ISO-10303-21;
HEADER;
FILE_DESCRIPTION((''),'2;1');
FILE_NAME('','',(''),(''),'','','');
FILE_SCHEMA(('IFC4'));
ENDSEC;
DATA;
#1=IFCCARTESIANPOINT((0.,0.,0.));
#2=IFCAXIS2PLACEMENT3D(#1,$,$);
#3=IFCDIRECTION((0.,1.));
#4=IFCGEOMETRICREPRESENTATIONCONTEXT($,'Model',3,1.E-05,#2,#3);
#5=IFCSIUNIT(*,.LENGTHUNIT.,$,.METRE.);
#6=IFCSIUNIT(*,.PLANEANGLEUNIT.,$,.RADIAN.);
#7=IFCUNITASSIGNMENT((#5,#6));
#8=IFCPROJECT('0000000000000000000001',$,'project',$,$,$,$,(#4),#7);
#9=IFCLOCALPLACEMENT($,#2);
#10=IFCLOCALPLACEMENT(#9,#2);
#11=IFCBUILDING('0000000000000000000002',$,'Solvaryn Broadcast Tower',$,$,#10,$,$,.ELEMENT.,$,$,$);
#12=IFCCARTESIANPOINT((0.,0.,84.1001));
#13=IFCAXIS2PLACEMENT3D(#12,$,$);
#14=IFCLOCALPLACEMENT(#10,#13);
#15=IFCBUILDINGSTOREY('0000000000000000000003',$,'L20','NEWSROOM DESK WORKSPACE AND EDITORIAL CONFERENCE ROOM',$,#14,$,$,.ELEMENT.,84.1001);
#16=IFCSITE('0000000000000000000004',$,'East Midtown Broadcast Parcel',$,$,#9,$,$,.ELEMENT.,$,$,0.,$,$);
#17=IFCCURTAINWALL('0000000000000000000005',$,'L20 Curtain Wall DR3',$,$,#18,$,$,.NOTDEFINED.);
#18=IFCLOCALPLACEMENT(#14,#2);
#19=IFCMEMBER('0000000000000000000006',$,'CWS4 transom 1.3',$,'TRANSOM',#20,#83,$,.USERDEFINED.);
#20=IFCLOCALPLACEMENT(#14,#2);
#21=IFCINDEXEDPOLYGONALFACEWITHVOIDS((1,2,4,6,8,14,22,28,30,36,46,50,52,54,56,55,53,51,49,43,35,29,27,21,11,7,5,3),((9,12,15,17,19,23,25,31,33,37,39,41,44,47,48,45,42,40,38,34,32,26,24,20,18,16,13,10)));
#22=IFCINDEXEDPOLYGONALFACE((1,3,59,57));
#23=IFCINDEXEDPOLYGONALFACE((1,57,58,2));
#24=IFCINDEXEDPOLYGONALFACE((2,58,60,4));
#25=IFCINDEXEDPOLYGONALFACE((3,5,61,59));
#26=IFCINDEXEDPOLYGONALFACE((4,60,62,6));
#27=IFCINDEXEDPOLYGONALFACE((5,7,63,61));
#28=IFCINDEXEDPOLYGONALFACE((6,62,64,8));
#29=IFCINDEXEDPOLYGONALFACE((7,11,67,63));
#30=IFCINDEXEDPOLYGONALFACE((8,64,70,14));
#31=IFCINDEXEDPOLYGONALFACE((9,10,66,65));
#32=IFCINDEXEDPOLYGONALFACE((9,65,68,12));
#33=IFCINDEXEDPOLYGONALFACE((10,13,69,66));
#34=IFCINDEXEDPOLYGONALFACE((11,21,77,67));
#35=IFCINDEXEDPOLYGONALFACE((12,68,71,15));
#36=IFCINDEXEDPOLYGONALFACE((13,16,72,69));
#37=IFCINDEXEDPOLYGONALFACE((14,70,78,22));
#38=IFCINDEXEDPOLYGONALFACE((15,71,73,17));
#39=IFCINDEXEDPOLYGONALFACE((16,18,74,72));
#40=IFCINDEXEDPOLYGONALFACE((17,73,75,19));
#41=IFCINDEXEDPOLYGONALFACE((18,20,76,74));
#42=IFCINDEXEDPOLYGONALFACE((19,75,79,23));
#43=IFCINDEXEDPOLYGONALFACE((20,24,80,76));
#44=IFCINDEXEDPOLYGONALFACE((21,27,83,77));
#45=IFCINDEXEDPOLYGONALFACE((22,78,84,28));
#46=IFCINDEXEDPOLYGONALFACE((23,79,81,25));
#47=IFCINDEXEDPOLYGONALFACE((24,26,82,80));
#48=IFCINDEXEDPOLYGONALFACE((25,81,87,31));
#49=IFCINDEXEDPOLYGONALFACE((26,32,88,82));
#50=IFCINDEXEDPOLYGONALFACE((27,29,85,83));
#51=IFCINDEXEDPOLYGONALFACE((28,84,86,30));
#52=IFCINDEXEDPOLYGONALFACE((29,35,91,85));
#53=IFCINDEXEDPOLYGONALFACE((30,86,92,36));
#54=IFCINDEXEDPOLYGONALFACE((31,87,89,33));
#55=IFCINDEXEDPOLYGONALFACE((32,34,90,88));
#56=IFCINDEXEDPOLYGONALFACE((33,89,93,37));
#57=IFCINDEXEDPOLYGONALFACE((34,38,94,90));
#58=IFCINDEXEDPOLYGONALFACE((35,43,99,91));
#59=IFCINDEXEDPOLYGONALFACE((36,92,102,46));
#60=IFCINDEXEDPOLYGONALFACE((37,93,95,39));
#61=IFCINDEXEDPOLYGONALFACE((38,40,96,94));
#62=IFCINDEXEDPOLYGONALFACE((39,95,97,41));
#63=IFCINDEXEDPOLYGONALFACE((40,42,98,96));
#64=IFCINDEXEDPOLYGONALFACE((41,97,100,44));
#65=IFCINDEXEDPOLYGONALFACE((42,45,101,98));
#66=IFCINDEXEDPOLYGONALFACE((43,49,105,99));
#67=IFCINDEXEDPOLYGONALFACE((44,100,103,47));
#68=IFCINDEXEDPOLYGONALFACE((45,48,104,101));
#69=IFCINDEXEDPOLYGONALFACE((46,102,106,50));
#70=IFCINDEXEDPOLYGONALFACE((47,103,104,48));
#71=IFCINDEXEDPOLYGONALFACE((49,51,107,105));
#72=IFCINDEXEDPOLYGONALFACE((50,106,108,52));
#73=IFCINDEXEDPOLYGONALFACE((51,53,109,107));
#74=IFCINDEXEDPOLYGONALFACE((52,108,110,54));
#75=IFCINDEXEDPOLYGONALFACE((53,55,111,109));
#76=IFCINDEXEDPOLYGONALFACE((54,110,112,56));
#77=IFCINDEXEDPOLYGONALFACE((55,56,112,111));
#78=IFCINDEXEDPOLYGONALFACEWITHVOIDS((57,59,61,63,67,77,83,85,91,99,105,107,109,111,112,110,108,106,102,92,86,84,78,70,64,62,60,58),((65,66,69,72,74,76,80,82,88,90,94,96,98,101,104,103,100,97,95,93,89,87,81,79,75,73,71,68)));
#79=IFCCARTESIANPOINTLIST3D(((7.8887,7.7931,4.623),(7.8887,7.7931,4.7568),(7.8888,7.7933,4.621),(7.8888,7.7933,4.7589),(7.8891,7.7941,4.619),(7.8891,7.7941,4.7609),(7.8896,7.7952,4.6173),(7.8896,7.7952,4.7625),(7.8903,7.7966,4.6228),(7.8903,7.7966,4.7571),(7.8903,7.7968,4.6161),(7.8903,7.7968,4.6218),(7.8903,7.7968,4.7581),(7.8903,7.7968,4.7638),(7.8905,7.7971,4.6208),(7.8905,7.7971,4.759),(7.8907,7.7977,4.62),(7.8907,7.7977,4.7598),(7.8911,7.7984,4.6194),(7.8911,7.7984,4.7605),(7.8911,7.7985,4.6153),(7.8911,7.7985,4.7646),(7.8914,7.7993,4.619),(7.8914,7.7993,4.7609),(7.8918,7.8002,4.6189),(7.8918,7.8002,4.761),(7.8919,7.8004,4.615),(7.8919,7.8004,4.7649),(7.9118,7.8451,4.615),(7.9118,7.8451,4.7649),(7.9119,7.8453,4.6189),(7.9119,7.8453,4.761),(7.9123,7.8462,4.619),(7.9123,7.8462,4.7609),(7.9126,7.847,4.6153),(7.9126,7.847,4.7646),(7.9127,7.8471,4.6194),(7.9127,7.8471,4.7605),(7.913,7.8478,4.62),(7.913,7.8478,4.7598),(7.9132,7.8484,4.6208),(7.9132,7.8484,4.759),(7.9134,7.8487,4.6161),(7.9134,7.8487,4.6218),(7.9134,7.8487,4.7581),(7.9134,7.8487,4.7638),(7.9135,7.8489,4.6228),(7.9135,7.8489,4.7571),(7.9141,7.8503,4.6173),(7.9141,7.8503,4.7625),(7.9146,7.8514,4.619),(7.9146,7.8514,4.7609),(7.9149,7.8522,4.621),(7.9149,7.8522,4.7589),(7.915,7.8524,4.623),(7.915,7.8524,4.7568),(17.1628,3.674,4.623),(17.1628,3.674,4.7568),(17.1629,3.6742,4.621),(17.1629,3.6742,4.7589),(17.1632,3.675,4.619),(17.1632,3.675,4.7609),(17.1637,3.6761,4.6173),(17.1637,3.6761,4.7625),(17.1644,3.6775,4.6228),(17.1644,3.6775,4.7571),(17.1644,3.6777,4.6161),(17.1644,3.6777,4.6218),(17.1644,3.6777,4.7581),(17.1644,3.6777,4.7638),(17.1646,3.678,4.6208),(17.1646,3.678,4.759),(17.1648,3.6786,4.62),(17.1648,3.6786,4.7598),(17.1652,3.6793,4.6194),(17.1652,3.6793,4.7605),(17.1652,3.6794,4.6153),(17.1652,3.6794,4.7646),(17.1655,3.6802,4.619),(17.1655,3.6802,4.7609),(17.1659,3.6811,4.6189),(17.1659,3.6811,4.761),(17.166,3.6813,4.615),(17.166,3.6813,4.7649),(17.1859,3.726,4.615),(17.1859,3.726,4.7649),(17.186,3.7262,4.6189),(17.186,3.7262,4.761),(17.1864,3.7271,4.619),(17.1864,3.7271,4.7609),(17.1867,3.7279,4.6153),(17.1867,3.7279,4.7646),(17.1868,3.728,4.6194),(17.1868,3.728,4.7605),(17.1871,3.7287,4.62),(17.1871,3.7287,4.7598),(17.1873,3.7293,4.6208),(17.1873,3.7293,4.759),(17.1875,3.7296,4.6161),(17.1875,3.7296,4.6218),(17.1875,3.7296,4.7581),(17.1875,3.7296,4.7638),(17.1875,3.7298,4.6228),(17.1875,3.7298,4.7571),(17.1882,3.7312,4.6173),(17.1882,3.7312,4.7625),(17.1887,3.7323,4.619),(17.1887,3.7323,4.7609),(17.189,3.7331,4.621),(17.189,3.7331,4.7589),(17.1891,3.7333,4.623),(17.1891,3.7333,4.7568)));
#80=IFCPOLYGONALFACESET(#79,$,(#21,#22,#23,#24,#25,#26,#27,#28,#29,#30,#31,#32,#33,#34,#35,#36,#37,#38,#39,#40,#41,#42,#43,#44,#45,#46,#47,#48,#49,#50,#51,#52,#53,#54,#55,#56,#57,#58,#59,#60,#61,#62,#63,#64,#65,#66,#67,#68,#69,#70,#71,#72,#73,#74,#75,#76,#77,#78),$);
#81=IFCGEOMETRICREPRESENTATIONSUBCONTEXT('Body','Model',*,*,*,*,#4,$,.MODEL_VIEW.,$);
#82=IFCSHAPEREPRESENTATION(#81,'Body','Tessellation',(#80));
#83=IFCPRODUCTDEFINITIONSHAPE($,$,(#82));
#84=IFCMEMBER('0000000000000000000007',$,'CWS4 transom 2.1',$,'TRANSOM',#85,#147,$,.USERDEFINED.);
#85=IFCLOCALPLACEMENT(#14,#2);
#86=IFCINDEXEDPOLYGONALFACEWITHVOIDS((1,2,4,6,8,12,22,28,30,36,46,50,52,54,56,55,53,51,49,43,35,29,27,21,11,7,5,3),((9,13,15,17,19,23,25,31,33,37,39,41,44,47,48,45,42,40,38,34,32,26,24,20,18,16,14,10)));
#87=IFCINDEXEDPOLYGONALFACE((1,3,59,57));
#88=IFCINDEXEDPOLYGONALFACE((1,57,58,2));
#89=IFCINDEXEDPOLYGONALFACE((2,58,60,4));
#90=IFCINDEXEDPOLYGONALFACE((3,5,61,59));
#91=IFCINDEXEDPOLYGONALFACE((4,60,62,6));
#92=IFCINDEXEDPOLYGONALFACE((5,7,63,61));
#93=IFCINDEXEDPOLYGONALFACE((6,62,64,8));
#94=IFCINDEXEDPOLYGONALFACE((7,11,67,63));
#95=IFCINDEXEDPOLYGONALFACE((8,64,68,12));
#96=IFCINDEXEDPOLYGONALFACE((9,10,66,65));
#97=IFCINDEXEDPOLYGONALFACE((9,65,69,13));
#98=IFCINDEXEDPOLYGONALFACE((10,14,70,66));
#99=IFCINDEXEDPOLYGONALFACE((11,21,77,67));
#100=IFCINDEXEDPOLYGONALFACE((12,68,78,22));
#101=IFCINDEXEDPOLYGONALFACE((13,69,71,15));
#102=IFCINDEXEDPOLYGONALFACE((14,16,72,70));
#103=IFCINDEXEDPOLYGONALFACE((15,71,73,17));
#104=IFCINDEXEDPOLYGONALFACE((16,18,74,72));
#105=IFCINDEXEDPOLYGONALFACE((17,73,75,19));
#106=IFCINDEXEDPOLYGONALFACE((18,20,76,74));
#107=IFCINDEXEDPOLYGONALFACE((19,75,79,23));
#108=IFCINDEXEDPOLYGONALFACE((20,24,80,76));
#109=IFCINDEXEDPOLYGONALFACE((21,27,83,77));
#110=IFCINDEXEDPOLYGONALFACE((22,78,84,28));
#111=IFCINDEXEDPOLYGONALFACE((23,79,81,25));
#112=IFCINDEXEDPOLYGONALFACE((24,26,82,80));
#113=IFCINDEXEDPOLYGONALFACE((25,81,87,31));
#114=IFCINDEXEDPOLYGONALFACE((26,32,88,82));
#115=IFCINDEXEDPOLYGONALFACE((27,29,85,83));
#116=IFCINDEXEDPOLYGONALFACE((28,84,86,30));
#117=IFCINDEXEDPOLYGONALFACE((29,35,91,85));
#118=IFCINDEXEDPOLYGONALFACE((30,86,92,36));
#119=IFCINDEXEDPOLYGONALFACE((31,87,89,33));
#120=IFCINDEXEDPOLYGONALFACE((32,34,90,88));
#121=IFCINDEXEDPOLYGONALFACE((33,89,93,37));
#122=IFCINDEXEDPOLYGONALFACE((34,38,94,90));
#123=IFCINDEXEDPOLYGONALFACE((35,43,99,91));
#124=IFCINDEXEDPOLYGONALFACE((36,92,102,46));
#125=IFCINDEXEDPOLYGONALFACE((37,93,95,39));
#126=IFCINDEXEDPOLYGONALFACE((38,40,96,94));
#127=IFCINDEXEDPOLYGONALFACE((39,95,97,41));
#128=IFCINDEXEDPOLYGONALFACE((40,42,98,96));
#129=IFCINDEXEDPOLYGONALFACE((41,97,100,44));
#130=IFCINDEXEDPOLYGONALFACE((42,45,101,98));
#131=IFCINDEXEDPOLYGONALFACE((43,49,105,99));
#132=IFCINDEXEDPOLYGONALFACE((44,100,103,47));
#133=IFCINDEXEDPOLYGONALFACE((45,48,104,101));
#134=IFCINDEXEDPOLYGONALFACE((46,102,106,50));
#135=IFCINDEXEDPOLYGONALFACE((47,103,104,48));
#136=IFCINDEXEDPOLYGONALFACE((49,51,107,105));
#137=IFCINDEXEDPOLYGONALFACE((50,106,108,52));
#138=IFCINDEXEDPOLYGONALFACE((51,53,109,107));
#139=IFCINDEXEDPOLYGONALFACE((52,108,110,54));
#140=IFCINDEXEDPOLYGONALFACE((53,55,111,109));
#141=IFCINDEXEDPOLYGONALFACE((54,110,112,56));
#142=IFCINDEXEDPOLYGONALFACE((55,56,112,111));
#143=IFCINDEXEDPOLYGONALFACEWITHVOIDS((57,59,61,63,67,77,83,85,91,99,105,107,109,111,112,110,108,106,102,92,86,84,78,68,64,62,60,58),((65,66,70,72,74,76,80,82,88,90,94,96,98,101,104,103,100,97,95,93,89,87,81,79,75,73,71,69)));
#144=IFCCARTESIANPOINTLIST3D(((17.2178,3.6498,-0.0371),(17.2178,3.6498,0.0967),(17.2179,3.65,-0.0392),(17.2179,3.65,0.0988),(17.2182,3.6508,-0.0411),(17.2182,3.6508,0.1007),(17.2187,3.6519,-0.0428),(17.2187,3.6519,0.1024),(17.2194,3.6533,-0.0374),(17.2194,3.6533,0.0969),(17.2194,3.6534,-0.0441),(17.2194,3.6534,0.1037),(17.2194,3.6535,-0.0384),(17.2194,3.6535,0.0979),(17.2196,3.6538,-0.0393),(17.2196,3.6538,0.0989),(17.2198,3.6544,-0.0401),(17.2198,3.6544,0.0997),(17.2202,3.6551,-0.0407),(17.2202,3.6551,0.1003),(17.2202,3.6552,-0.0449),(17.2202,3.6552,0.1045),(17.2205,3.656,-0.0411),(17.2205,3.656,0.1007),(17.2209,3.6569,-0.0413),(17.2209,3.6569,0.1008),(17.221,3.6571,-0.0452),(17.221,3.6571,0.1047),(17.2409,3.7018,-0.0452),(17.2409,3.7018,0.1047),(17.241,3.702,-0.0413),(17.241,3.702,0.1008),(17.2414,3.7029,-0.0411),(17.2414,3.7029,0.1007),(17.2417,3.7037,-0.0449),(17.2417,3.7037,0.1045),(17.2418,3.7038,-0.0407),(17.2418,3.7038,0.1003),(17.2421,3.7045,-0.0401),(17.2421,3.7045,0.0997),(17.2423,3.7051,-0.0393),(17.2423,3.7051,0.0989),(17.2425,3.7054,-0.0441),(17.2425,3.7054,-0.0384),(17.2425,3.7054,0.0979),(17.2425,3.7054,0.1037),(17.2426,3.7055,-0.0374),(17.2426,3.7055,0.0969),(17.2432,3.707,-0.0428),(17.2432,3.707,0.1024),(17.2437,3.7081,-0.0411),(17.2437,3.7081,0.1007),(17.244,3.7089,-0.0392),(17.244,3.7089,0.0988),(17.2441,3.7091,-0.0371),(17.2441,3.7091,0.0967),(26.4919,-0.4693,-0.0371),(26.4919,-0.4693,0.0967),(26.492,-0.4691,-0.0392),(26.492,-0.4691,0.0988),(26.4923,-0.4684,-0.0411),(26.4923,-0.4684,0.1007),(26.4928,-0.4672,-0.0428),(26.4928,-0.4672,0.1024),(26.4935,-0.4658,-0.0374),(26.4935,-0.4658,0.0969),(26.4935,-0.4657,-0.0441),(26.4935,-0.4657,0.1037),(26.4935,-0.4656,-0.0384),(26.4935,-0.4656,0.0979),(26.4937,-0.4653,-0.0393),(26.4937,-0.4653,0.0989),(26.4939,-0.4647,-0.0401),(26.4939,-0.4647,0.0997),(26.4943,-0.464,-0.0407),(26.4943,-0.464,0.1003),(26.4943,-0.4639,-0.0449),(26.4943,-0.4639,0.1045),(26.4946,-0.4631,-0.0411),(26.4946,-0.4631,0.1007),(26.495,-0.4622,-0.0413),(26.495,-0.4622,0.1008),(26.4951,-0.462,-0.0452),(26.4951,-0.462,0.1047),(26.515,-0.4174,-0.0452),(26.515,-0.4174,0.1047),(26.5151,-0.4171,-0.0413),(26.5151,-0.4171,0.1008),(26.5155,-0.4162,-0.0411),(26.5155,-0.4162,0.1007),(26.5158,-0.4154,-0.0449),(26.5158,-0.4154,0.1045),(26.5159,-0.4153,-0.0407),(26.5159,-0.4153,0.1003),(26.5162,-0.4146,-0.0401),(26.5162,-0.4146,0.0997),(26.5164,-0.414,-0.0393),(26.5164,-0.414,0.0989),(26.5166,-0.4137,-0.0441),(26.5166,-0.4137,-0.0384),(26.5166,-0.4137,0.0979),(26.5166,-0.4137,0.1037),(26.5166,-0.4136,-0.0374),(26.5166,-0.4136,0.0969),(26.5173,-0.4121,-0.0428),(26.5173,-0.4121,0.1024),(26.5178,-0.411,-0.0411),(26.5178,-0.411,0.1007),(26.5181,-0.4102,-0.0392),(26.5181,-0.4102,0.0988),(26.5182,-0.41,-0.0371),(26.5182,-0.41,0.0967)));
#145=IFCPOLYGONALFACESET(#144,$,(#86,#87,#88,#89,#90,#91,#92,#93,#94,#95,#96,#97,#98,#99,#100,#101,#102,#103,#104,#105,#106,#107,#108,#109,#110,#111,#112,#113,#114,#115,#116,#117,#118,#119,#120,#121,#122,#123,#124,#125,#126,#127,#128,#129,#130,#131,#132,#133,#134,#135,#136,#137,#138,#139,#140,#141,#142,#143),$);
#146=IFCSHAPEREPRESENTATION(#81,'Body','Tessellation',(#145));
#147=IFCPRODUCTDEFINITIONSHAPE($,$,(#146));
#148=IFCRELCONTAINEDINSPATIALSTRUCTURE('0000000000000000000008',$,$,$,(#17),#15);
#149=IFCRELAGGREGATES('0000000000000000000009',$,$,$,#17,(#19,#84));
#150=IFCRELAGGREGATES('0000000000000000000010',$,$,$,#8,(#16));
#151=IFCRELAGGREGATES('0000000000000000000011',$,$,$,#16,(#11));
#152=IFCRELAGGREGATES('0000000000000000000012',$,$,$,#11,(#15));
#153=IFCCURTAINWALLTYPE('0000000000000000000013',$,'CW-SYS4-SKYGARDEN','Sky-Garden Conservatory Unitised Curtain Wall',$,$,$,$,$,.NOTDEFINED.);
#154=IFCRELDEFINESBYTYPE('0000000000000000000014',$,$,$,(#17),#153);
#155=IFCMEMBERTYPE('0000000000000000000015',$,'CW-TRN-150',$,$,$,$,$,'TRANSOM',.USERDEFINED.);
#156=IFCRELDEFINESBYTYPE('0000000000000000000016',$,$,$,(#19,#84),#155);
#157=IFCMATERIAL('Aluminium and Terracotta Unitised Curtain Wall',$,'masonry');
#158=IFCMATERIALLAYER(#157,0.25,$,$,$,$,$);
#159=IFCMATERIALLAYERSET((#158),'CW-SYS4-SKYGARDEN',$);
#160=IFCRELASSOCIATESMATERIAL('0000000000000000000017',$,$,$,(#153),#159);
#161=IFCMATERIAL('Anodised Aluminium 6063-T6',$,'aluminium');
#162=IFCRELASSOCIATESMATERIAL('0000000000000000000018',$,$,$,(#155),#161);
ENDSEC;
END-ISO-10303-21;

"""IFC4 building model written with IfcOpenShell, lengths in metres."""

from ifc_helpers import new_model, si_unit, direction, frame, origin, origin_2d, place, context, subcontext, project, spatial, hollow_rectangle, extrude, material, layer, layer_set, material_profile, profile_set, type_object, element, aggregate, save


model = new_model("IFC4")

# Units and contexts
model_context = context("Model", 3, precision=1e-05, world=origin(), true_north=direction((0.0, 1.0)))
body_context = subcontext(model_context, "Body", "Model", "MODEL_VIEW")
ifc_project = project(units=[si_unit("LENGTHUNIT", "METRE"), si_unit("PLANEANGLEUNIT", "RADIAN")], contexts=[model_context])

# Site, building, storey
site_placement = place(None, origin())
site = spatial("IfcSite", under=ifc_project, at=site_placement, Name="East Midtown Broadcast Parcel", CompositionType="ELEMENT", RefElevation=0.0)
building_placement = place(site_placement, origin())
building = spatial("IfcBuilding", under=site, at=building_placement, Name="Solvaryn Broadcast Tower", CompositionType="ELEMENT")
storey_placement = place(building_placement, frame((0.0, 0.0, 84.1001)))
storey = spatial("IfcBuildingStorey", under=building, at=storey_placement, Name="L20", Description="NEWSROOM DESK WORKSPACE AND EDITORIAL CONFERENCE ROOM", CompositionType="ELEMENT", Elevation=84.1001)

# Shared definitions
ifc_material_1 = material(Name="Aluminium and Terracotta Unitised Curtain Wall", Category="masonry")
ifc_layer_1 = layer(ifc_material_1, 0.25)
ifc_layer_set_1 = layer_set([ifc_layer_1], Name="CW-SYS4-SKYGARDEN")
curtain_wall_type = type_object("IfcCurtainWallType", Name="CW-SYS4-SKYGARDEN", Description="Sky-Garden Conservatory Unitised Curtain Wall", PredefinedType="NOTDEFINED", material=ifc_layer_set_1)

# Curtain wall, members
curtain_wall_1_placement = place(storey_placement, origin())
curtain_wall_1 = element("IfcCurtainWall", 1, at=curtain_wall_1_placement, inside=storey, type_object=curtain_wall_type, Name="L20 Curtain Wall DR3", PredefinedType="NOTDEFINED")
ifc_material_2 = material(Name="Anodised Aluminium 6063-T6", Category="aluminium")
ifc_material_profile_1 = material_profile(ifc_material_2, hollow_rectangle(XDim=0.0649, YDim=0.1499, WallThickness=0.0039, InnerFilletRadius=0.0039, OuterFilletRadius=0.0081, at=origin_2d()))
ifc_profile_set_1 = profile_set([ifc_material_profile_1], Name="Anodised Aluminium 6063-T6")
member_type_1 = type_object("IfcMemberType", Name="CW-TRN-150", ElementType="TRANSOM", PredefinedType="USERDEFINED", material=ifc_profile_set_1)
member_1_placement = place(storey_placement, frame((7.9019, 7.8228, 4.6899), z_axis=(0.913911, -0.405915, 0.0), x_axis=(0.405915, 0.913911, 0.0)))
member_1 = element("IfcMember", 2, at=member_1_placement, type_object=member_type_1, Name="CWS4 transom 1.3", ObjectType="TRANSOM", PredefinedType="USERDEFINED", context=body_context, shape_type="SweptSolid", body=[
    extrude(hollow_rectangle(XDim=0.0649, YDim=0.1499, WallThickness=0.0039, InnerFilletRadius=0.0039, OuterFilletRadius=0.0081, at=origin_2d()), origin(), (0.0, 0.0, 1.0), 10.1477),
])
member_2_placement = place(storey_placement, frame((17.231, 3.6794, 0.0298), z_axis=(0.913911, -0.405915, 0.0), x_axis=(0.405915, 0.913911, 0.0)))
member_2 = element("IfcMember", 3, at=member_2_placement, type_object=member_type_1, Name="CWS4 transom 2.1", ObjectType="TRANSOM", PredefinedType="USERDEFINED", context=body_context, shape_type="SweptSolid", body=[
    extrude(hollow_rectangle(XDim=0.0649, YDim=0.1499, WallThickness=0.0039, InnerFilletRadius=0.0039, OuterFilletRadius=0.0081, at=origin_2d()), origin(), (0.0, 0.0, 1.0), 10.1477),
])
aggregate(curtain_wall_1, [member_1, member_2])

save(model, "model.ifc")
